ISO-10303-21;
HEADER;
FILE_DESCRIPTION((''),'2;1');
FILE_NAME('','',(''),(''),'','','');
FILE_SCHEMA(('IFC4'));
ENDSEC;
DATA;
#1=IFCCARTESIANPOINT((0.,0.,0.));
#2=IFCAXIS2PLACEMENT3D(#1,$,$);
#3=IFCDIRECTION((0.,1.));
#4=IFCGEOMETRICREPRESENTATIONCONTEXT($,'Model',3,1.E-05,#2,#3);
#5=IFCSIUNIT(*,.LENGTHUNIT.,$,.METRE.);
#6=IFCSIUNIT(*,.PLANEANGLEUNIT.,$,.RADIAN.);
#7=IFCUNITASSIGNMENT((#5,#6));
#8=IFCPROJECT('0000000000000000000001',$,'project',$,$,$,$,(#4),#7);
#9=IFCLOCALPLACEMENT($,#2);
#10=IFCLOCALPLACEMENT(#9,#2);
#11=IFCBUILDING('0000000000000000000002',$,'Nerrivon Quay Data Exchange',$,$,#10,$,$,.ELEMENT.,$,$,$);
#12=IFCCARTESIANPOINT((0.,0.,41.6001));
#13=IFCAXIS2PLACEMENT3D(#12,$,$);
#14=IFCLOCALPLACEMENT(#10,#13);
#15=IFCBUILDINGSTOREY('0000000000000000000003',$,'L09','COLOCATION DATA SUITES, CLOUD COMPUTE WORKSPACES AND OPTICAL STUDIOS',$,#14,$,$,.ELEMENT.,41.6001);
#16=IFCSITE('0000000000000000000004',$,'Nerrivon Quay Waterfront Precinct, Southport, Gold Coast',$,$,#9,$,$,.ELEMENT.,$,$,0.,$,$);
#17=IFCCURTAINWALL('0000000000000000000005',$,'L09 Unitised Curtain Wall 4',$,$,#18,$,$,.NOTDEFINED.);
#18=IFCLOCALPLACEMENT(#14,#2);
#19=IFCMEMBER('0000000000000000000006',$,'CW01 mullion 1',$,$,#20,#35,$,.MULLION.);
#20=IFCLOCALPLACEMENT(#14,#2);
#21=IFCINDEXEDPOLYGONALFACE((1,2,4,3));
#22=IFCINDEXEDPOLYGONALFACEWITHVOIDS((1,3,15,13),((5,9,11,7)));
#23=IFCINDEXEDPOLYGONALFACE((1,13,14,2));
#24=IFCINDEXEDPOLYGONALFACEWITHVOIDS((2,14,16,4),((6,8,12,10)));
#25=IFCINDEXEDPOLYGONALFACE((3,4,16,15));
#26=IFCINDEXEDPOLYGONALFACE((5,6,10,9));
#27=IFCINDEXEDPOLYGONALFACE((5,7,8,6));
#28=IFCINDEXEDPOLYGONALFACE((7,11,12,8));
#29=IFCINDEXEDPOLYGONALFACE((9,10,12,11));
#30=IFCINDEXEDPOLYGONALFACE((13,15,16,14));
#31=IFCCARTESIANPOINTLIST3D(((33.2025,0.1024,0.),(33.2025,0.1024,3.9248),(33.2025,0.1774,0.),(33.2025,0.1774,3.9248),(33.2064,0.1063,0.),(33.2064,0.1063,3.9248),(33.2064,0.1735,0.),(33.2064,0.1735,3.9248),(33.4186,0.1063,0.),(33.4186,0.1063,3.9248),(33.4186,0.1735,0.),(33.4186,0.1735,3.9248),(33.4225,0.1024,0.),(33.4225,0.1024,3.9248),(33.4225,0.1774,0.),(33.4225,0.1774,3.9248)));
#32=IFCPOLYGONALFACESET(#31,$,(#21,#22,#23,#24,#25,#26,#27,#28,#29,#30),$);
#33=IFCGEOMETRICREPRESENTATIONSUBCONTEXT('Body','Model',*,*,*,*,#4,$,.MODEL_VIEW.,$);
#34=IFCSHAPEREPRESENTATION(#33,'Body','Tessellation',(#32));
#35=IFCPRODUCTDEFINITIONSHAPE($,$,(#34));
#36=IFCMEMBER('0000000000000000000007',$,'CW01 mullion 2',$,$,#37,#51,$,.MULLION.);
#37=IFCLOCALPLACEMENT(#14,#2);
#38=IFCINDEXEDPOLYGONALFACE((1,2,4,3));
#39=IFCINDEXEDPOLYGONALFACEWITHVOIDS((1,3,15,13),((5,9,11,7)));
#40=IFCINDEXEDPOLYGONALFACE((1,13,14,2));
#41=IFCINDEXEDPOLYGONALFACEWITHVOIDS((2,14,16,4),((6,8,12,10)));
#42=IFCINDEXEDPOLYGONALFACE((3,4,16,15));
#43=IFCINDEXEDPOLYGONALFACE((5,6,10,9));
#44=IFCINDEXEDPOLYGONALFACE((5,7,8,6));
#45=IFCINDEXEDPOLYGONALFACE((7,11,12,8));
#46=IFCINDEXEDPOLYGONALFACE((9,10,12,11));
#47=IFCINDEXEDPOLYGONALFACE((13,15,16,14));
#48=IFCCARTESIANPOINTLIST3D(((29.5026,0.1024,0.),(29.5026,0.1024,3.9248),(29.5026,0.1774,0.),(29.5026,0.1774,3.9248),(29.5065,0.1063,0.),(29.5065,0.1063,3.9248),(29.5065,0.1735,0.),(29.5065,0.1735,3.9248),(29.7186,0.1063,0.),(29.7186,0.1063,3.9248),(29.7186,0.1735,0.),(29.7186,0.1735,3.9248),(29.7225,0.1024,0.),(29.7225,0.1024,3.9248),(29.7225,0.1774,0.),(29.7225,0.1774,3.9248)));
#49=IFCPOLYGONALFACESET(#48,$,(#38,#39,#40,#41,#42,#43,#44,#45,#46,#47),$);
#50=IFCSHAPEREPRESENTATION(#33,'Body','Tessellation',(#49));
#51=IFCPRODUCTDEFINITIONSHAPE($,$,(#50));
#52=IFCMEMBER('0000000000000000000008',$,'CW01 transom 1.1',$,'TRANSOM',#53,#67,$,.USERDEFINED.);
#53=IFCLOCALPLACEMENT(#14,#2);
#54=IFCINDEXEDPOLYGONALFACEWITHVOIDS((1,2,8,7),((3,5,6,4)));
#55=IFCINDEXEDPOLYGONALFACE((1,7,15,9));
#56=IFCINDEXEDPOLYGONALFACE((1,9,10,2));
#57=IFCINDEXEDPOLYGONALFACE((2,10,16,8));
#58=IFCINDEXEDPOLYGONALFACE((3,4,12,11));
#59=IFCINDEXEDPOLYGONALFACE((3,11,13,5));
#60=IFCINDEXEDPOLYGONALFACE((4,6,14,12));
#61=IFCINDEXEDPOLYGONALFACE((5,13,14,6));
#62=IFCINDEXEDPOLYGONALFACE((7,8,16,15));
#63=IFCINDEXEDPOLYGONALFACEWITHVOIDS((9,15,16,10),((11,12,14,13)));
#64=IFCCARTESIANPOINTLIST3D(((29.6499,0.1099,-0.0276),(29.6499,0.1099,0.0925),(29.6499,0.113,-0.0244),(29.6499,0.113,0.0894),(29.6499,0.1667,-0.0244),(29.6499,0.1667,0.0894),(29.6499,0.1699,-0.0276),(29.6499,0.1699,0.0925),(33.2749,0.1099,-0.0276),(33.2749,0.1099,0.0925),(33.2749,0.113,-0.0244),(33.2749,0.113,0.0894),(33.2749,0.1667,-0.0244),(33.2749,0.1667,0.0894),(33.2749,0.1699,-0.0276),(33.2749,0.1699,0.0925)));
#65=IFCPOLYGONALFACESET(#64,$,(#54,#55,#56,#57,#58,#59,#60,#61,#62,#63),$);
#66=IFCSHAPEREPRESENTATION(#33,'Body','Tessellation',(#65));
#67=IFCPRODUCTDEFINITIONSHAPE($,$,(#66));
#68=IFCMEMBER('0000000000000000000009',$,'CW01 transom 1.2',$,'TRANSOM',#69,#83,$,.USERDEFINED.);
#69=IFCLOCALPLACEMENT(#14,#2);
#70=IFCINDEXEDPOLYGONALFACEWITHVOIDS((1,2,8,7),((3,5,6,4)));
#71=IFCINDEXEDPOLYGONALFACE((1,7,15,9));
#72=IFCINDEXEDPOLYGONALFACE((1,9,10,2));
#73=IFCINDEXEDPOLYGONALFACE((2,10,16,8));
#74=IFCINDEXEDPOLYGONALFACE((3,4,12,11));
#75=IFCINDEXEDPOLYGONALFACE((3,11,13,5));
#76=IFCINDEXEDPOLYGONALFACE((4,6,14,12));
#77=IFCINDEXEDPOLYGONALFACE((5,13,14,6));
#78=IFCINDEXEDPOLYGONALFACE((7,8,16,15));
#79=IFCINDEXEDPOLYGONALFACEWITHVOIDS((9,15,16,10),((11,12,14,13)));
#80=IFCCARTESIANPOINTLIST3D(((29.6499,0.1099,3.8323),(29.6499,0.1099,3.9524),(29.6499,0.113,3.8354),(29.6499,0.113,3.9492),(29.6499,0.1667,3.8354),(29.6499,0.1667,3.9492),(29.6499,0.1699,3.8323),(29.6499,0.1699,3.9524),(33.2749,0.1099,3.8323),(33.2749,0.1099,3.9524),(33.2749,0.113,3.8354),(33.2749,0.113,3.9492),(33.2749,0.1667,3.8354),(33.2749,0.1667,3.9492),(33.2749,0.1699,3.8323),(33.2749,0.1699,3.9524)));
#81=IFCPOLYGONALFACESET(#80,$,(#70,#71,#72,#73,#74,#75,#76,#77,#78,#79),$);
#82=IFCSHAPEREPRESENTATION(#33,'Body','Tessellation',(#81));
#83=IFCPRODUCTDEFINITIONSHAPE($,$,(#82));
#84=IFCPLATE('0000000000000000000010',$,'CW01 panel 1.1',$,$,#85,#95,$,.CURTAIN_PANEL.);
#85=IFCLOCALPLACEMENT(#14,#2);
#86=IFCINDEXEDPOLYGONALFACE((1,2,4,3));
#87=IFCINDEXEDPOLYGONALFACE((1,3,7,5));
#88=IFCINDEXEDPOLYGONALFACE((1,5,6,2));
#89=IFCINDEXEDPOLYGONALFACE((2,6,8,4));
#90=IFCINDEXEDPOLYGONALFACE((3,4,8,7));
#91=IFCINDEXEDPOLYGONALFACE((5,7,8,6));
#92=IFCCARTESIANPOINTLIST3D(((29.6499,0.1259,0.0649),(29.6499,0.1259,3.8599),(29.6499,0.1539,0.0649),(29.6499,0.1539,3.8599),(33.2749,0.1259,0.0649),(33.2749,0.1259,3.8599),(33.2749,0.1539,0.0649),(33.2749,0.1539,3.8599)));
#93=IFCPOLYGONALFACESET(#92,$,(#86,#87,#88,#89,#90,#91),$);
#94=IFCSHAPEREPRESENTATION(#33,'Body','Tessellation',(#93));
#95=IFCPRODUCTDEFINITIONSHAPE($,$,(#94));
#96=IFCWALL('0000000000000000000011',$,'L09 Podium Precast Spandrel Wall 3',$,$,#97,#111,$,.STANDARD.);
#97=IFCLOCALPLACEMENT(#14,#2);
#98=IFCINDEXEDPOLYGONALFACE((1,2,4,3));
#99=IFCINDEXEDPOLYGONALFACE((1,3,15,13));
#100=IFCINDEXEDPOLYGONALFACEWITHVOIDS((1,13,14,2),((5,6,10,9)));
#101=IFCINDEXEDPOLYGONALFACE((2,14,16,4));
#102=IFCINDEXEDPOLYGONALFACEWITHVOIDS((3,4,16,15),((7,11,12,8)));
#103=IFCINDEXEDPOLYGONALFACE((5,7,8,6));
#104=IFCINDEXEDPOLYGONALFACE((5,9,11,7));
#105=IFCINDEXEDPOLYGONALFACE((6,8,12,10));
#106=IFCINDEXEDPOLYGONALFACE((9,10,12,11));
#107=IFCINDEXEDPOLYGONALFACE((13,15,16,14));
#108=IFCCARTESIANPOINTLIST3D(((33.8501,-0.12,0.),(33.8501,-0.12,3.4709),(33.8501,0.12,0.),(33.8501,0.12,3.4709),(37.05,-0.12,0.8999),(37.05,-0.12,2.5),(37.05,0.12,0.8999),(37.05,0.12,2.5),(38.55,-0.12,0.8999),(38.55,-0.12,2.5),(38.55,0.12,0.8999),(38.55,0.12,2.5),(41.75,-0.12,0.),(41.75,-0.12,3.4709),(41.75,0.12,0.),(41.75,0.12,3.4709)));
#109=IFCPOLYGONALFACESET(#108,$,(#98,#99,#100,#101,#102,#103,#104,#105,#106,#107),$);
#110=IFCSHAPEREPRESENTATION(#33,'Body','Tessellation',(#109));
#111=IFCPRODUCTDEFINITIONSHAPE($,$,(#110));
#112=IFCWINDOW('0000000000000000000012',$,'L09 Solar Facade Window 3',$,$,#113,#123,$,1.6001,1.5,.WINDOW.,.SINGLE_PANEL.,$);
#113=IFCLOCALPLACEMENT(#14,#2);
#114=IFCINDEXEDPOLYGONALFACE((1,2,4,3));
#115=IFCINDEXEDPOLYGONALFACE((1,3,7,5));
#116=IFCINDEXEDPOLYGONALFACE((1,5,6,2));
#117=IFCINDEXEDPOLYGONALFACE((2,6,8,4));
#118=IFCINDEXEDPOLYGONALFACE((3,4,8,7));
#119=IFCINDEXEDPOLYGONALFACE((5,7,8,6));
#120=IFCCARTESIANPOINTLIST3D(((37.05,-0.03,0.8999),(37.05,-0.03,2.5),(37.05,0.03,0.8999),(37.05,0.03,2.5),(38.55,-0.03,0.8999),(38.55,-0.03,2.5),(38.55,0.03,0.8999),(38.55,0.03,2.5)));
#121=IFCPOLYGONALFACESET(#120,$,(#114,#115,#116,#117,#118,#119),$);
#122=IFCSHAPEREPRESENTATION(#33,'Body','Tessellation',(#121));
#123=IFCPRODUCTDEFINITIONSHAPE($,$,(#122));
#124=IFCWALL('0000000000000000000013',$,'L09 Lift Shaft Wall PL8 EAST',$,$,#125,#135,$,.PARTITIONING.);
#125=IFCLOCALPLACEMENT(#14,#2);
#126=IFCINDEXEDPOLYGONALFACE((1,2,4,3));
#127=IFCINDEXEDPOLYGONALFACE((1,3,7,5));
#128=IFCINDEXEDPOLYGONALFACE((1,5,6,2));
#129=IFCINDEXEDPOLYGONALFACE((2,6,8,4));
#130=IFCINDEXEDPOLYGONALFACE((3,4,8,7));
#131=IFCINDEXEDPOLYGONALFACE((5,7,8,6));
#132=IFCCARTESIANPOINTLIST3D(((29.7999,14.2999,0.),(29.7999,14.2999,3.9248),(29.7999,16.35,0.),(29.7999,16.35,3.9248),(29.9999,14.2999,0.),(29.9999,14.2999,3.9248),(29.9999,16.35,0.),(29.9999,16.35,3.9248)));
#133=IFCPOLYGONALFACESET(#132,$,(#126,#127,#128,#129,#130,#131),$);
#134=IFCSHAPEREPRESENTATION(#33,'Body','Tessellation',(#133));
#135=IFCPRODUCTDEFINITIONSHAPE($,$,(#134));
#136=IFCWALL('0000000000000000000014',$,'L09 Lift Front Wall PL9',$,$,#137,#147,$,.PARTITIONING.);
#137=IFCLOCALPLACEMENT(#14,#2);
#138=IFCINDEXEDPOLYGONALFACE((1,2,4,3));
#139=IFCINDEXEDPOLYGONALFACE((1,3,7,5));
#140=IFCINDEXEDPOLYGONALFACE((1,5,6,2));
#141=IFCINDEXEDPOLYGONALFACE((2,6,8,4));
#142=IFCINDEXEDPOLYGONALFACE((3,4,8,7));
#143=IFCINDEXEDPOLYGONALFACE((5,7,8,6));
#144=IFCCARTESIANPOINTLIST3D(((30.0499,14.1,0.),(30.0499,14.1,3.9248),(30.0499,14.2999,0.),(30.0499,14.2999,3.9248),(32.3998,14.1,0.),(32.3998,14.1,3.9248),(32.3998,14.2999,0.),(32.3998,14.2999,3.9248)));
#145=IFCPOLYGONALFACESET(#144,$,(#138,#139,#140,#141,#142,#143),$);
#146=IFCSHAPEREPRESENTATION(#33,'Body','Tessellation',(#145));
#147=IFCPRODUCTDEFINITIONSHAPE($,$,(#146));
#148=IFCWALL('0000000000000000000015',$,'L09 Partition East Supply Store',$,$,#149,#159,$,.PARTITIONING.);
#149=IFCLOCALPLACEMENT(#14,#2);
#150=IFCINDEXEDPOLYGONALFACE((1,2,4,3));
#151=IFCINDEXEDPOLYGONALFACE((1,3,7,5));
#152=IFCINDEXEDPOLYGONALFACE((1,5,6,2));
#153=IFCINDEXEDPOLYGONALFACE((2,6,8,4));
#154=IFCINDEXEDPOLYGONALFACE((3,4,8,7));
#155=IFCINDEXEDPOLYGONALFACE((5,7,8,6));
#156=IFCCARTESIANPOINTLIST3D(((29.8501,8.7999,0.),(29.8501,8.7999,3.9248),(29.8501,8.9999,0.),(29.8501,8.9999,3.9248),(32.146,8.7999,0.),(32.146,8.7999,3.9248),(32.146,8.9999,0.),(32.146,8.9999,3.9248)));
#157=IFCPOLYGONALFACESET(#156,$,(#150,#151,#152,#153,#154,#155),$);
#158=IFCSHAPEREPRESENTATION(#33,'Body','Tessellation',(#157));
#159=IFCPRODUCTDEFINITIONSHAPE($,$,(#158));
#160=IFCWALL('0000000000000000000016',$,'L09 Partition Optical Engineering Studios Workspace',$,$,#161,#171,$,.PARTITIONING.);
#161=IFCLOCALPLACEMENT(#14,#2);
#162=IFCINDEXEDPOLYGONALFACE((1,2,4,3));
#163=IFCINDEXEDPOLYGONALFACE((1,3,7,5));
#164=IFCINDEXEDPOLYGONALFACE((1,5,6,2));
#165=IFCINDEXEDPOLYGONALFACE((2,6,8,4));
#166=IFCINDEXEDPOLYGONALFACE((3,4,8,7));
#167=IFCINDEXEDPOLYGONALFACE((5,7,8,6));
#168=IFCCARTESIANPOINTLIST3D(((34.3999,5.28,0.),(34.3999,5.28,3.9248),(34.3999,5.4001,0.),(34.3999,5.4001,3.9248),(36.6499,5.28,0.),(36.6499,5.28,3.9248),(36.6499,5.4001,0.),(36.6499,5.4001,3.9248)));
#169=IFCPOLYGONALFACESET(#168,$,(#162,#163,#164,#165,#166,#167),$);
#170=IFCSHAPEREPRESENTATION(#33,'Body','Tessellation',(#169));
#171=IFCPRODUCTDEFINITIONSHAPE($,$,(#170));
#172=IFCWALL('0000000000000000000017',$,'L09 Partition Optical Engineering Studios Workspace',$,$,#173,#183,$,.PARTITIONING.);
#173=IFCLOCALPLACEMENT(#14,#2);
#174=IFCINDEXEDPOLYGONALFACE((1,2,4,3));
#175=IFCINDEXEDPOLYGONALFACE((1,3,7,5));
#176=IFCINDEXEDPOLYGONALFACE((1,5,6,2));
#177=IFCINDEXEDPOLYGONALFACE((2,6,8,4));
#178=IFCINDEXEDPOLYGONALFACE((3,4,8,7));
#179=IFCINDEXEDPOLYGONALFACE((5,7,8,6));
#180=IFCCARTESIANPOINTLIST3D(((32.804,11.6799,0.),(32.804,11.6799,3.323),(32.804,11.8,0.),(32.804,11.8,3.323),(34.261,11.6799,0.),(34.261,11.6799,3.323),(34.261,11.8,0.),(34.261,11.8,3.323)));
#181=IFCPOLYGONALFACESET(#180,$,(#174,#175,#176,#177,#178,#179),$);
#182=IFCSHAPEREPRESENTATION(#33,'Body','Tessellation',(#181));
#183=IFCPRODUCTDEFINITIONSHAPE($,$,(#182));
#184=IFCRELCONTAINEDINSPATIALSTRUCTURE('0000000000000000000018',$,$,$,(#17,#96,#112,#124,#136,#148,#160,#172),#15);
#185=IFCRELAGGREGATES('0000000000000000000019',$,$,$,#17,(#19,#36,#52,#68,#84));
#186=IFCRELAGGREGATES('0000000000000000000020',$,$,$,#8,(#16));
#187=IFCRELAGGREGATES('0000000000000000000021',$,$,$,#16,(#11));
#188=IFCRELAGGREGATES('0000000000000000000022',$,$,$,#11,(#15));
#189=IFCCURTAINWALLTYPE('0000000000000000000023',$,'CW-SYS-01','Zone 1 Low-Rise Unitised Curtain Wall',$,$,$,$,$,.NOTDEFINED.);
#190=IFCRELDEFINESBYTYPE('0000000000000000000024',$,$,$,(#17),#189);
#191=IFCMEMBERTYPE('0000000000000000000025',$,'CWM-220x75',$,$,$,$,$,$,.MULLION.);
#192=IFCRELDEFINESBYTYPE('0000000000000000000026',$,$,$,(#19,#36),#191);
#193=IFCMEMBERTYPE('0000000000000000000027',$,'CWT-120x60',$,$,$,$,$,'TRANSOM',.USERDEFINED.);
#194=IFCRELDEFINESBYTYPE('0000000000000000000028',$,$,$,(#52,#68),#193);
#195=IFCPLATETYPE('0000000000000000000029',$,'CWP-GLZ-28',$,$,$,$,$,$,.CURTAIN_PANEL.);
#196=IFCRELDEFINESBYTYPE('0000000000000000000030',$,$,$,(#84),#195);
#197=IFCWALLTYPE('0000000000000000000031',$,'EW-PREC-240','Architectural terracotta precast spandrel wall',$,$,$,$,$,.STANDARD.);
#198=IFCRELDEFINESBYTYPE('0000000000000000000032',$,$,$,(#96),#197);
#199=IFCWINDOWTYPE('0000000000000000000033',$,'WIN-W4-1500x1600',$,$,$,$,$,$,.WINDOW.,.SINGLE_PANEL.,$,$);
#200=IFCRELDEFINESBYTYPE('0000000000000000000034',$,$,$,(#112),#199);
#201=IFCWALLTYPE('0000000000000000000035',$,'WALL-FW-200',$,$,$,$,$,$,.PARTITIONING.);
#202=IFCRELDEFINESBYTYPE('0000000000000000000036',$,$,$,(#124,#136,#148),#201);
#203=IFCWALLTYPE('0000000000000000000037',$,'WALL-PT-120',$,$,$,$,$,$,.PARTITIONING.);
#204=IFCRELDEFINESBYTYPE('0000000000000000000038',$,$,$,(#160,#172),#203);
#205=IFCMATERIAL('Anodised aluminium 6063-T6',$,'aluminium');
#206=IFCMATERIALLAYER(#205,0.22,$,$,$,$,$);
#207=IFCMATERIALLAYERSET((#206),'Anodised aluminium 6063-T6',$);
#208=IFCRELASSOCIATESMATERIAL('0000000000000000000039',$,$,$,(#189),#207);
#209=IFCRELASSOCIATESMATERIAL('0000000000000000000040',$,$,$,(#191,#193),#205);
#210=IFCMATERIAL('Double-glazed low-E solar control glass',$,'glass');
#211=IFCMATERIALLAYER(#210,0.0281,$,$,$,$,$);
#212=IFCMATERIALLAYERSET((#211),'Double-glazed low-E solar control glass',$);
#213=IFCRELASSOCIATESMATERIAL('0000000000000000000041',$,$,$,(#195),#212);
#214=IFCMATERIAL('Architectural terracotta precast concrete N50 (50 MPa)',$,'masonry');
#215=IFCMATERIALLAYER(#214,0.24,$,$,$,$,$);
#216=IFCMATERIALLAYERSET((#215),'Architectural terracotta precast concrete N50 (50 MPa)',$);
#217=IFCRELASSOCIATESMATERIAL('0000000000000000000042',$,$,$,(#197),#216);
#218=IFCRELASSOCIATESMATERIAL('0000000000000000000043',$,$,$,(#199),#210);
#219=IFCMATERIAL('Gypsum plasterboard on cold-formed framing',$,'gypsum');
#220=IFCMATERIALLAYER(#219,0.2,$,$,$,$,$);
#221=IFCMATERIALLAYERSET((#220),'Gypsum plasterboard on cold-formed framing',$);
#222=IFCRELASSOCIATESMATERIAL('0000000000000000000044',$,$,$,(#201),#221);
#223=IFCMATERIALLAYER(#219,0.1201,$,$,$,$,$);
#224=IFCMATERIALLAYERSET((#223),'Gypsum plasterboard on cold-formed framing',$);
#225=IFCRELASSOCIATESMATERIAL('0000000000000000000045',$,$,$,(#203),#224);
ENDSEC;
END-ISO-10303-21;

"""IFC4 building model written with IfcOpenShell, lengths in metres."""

from ifc_helpers import new_model, si_unit, direction, frame, frame_2d, origin, origin_2d, place, context, subcontext, project, spatial, rectangle, hollow_rectangle, extrude, material, layer, layer_set, material_profile, profile_set, type_object, element, fill, aggregate, save


model = new_model("IFC4")

# Units and contexts
model_context = context("Model", 3, precision=1e-05, world=origin(), true_north=direction((0.0, 1.0)))
body_context = subcontext(model_context, "Body", "Model", "MODEL_VIEW")
ifc_project = project(units=[si_unit("LENGTHUNIT", "METRE"), si_unit("PLANEANGLEUNIT", "RADIAN")], contexts=[model_context])

# Site, building, storey
site_placement = place(None, origin())
site = spatial("IfcSite", under=ifc_project, at=site_placement, Name="Nerrivon Quay Waterfront Precinct, Southport, Gold Coast", CompositionType="ELEMENT", RefElevation=0.0)
building_placement = place(site_placement, origin())
building = spatial("IfcBuilding", under=site, at=building_placement, Name="Nerrivon Quay Data Exchange", CompositionType="ELEMENT")
storey_placement = place(building_placement, frame((0.0, 0.0, 41.6001)))
storey = spatial("IfcBuildingStorey", under=building, at=storey_placement, Name="L09", Description="COLOCATION DATA SUITES, CLOUD COMPUTE WORKSPACES AND OPTICAL STUDIOS", CompositionType="ELEMENT", Elevation=41.6001)

# Curtain wall, members, plate
ifc_material_1 = material(Name="Anodised aluminium 6063-T6", Category="aluminium")
ifc_layer_1 = layer(ifc_material_1, 0.22)
ifc_layer_set_1 = layer_set([ifc_layer_1], Name="Anodised aluminium 6063-T6")
curtain_wall_type = type_object("IfcCurtainWallType", Name="CW-SYS-01", Description="Zone 1 Low-Rise Unitised Curtain Wall", PredefinedType="NOTDEFINED", material=ifc_layer_set_1)
curtain_wall_placement = place(storey_placement, origin())
curtain_wall = element("IfcCurtainWall", 1, at=curtain_wall_placement, inside=storey, type_object=curtain_wall_type, Name="L09 Unitised Curtain Wall 4", PredefinedType="NOTDEFINED")
ifc_material_profile_1 = material_profile(ifc_material_1, hollow_rectangle(XDim=0.075, YDim=0.22, WallThickness=0.0039, at=origin_2d()), Name="ALU-MULL-220x75")
ifc_profile_set_1 = profile_set([ifc_material_profile_1], Name="Anodised aluminium 6063-T6")
member_type_1 = type_object("IfcMemberType", Name="CWM-220x75", PredefinedType="MULLION", material=ifc_profile_set_1)
member_1_placement = place(storey_placement, frame((33.3125, 0.1399, 0.0), z_axis=(0.0, 0.0, 1.0), x_axis=(0.0, -1.0, 0.0)))
member_1 = element("IfcMember", 2, at=member_1_placement, type_object=member_type_1, Name="CW01 mullion 1", PredefinedType="MULLION", context=body_context, shape_type="SweptSolid", body=[
    extrude(hollow_rectangle(XDim=0.075, YDim=0.22, WallThickness=0.0039, at=origin_2d()), origin(), (0.0, 0.0, 1.0), 3.9248),
])
member_2_placement = place(storey_placement, frame((29.6125, 0.1399, 0.0), z_axis=(0.0, 0.0, 1.0), x_axis=(0.0, -1.0, 0.0)))
member_2 = element("IfcMember", 3, at=member_2_placement, type_object=member_type_1, Name="CW01 mullion 2", PredefinedType="MULLION", context=body_context, shape_type="SweptSolid", body=[
    extrude(hollow_rectangle(XDim=0.075, YDim=0.22, WallThickness=0.0039, at=origin_2d()), origin(), (0.0, 0.0, 1.0), 3.9248),
])
ifc_material_profile_2 = material_profile(ifc_material_1, hollow_rectangle(XDim=0.0601, YDim=0.1201, WallThickness=0.0032, at=origin_2d()), Name="ALU-TRAN-120x60")
ifc_profile_set_2 = profile_set([ifc_material_profile_2], Name="Anodised aluminium 6063-T6")
member_type_2 = type_object("IfcMemberType", Name="CWT-120x60", ElementType="TRANSOM", PredefinedType="USERDEFINED", material=ifc_profile_set_2)
member_3_placement = place(storey_placement, frame((33.2749, 0.1399, 0.0325), z_axis=(-1.0, 0.0, 0.0), x_axis=(0.0, -1.0, 0.0)))
member_3 = element("IfcMember", 4, at=member_3_placement, type_object=member_type_2, Name="CW01 transom 1.1", ObjectType="TRANSOM", PredefinedType="USERDEFINED", context=body_context, shape_type="SweptSolid", body=[
    extrude(hollow_rectangle(XDim=0.0601, YDim=0.1201, WallThickness=0.0032, at=origin_2d()), origin(), (0.0, 0.0, 1.0), 3.625),
])
member_4_placement = place(storey_placement, frame((33.2749, 0.1399, 3.8923), z_axis=(-1.0, 0.0, 0.0), x_axis=(0.0, -1.0, 0.0)))
member_4 = element("IfcMember", 5, at=member_4_placement, type_object=member_type_2, Name="CW01 transom 1.2", ObjectType="TRANSOM", PredefinedType="USERDEFINED", context=body_context, shape_type="SweptSolid", body=[
    extrude(hollow_rectangle(XDim=0.0601, YDim=0.1201, WallThickness=0.0032, at=origin_2d()), origin(), (0.0, 0.0, 1.0), 3.625),
])
ifc_material_2 = material(Name="Double-glazed low-E solar control glass", Category="glass")
ifc_layer_2 = layer(ifc_material_2, 0.0281)
ifc_layer_set_2 = layer_set([ifc_layer_2], Name="Double-glazed low-E solar control glass")
plate_type = type_object("IfcPlateType", Name="CWP-GLZ-28", PredefinedType="CURTAIN_PANEL", material=ifc_layer_set_2)
plate_placement = place(storey_placement, frame((31.4624, 0.1399, 0.0649), z_axis=(0.0, 0.0, 1.0), x_axis=(-1.0, 0.0, 0.0)))
plate = element("IfcPlate", 6, at=plate_placement, type_object=plate_type, Name="CW01 panel 1.1", PredefinedType="CURTAIN_PANEL", context=body_context, shape_type="SweptSolid", body=[
    extrude(rectangle(XDim=3.625, YDim=0.0281, at=origin_2d()), origin(), (0.0, 0.0, 1.0), 3.7949),
])
aggregate(curtain_wall, [member_1, member_2, member_3, member_4, plate])

# Wall, opening, window
ifc_material_3 = material(Name="Architectural terracotta precast concrete N50 (50 MPa)", Category="masonry")
ifc_layer_3 = layer(ifc_material_3, 0.24)
ifc_layer_set_3 = layer_set([ifc_layer_3], Name="Architectural terracotta precast concrete N50 (50 MPa)")
wall_type_1 = type_object("IfcWallType", Name="EW-PREC-240", Description="Architectural terracotta precast spandrel wall", PredefinedType="STANDARD", material=ifc_layer_set_3)
wall_1_placement = place(storey_placement, frame((41.75, 0.0, 0.0), z_axis=(0.0, 0.0, 1.0), x_axis=(-1.0, 0.0, 0.0)))
wall_1 = element("IfcWall", 7, at=wall_1_placement, inside=storey, type_object=wall_type_1, Name="L09 Podium Precast Spandrel Wall 3", PredefinedType="STANDARD", context=body_context, shape_type="SweptSolid", body=[
    extrude(rectangle(XDim=7.8999, YDim=0.24, at=frame_2d((3.95, 0.0))), origin(), (0.0, 0.0, 1.0), 3.4709),
])
opening_1_placement = place(wall_1_placement, frame((3.2, 0.0, 0.8999)))
opening_1 = element("IfcOpeningElement", 8, at=opening_1_placement, cuts=wall_1, PredefinedType="OPENING", context=body_context, shape_type="SweptSolid", body=[
    extrude(rectangle(XDim=1.5, YDim=1.6001, at=frame_2d((0.75, 0.8))), frame((0.0, 0.1299, 0.0), z_axis=(0.0, -1.0, 0.0), x_axis=(1.0, 0.0, 0.0)), (0.0, 0.0, 1.0), 0.26),
])
window_type = type_object("IfcWindowType", Name="WIN-W4-1500x1600", PartitioningType="SINGLE_PANEL", PredefinedType="WINDOW", material=ifc_material_2)
window_placement = place(opening_1_placement, origin())
window = element("IfcWindow", 9, at=window_placement, inside=storey, type_object=window_type, Name="L09 Solar Facade Window 3", OverallHeight=1.6001, OverallWidth=1.5, PartitioningType="SINGLE_PANEL", PredefinedType="WINDOW", context=body_context, shape_type="SweptSolid", body=[
    extrude(rectangle(XDim=1.5, YDim=1.6001, at=frame_2d((0.75, 0.8))), frame((0.0, 0.03, 0.0), z_axis=(0.0, -1.0, 0.0), x_axis=(1.0, 0.0, 0.0)), (0.0, 0.0, 1.0), 0.0601),
])
fill(opening_1, window)

# Walls
ifc_material_4 = material(Name="Gypsum plasterboard on cold-formed framing", Category="gypsum")
ifc_layer_4 = layer(ifc_material_4, 0.2)
ifc_layer_set_4 = layer_set([ifc_layer_4], Name="Gypsum plasterboard on cold-formed framing")
wall_type_2 = type_object("IfcWallType", Name="WALL-FW-200", PredefinedType="PARTITIONING", material=ifc_layer_set_4)
wall_2_placement = place(storey_placement, frame((29.8999, 14.3, 0.0), z_axis=(0.0, 0.0, 1.0), x_axis=(0.0, 1.0, 0.0)))
element("IfcWall", 10, at=wall_2_placement, inside=storey, type_object=wall_type_2, Name="L09 Lift Shaft Wall PL8 EAST", PredefinedType="PARTITIONING", context=body_context, shape_type="SweptSolid", body=[
    extrude(rectangle(XDim=2.05, YDim=0.2, at=frame_2d((1.0249, 0.0))), origin(), (0.0, 0.0, 1.0), 3.9248),
])
wall_3_placement = place(storey_placement, frame((30.05, 14.2, 0.0), z_axis=(0.0, 0.0, 1.0), x_axis=(1.0, 0.0, 0.0)))
element("IfcWall", 11, at=wall_3_placement, inside=storey, type_object=wall_type_2, Name="L09 Lift Front Wall PL9", PredefinedType="PARTITIONING", context=body_context, shape_type="SweptSolid", body=[
    extrude(rectangle(XDim=2.3499, YDim=0.2, at=frame_2d((1.1748, 0.0))), origin(), (0.0, 0.0, 1.0), 3.9248),
])

# Walls
wall_4_placement = place(storey_placement, frame((29.8501, 8.8999, 0.0), z_axis=(0.0, 0.0, 1.0), x_axis=(1.0, 0.0, 0.0)))
element("IfcWall", 12, at=wall_4_placement, inside=storey, type_object=wall_type_2, Name="L09 Partition East Supply Store", PredefinedType="PARTITIONING", context=body_context, shape_type="SweptSolid", body=[
    extrude(rectangle(XDim=2.2959, YDim=0.2, at=frame_2d((1.1479, 0.0))), origin(), (0.0, 0.0, 1.0), 3.9248),
])
ifc_layer_5 = layer(ifc_material_4, 0.1201)
ifc_layer_set_5 = layer_set([ifc_layer_5], Name="Gypsum plasterboard on cold-formed framing")
wall_type_3 = type_object("IfcWallType", Name="WALL-PT-120", PredefinedType="PARTITIONING", material=ifc_layer_set_5)
wall_5_placement = place(storey_placement, frame((36.6499, 5.3401, 0.0), z_axis=(0.0, 0.0, 1.0), x_axis=(-1.0, 0.0, 0.0)))
element("IfcWall", 13, at=wall_5_placement, inside=storey, type_object=wall_type_3, Name="L09 Partition Optical Engineering Studios Workspace", PredefinedType="PARTITIONING", context=body_context, shape_type="SweptSolid", body=[
    extrude(rectangle(XDim=2.25, YDim=0.1201, at=frame_2d((1.125, 0.0))), origin(), (0.0, 0.0, 1.0), 3.9248),
])
wall_6_placement = place(storey_placement, frame((34.261, 11.74, 0.0), z_axis=(0.0, 0.0, 1.0), x_axis=(-1.0, 0.0, 0.0)))
element("IfcWall", 14, at=wall_6_placement, inside=storey, type_object=wall_type_3, Name="L09 Partition Optical Engineering Studios Workspace", PredefinedType="PARTITIONING", context=body_context, shape_type="SweptSolid", body=[
    extrude(rectangle(XDim=1.457, YDim=0.1201, at=frame_2d((0.7285, 0.0))), origin(), (0.0, 0.0, 1.0), 3.323),
])

save(model, "model.ifc")
